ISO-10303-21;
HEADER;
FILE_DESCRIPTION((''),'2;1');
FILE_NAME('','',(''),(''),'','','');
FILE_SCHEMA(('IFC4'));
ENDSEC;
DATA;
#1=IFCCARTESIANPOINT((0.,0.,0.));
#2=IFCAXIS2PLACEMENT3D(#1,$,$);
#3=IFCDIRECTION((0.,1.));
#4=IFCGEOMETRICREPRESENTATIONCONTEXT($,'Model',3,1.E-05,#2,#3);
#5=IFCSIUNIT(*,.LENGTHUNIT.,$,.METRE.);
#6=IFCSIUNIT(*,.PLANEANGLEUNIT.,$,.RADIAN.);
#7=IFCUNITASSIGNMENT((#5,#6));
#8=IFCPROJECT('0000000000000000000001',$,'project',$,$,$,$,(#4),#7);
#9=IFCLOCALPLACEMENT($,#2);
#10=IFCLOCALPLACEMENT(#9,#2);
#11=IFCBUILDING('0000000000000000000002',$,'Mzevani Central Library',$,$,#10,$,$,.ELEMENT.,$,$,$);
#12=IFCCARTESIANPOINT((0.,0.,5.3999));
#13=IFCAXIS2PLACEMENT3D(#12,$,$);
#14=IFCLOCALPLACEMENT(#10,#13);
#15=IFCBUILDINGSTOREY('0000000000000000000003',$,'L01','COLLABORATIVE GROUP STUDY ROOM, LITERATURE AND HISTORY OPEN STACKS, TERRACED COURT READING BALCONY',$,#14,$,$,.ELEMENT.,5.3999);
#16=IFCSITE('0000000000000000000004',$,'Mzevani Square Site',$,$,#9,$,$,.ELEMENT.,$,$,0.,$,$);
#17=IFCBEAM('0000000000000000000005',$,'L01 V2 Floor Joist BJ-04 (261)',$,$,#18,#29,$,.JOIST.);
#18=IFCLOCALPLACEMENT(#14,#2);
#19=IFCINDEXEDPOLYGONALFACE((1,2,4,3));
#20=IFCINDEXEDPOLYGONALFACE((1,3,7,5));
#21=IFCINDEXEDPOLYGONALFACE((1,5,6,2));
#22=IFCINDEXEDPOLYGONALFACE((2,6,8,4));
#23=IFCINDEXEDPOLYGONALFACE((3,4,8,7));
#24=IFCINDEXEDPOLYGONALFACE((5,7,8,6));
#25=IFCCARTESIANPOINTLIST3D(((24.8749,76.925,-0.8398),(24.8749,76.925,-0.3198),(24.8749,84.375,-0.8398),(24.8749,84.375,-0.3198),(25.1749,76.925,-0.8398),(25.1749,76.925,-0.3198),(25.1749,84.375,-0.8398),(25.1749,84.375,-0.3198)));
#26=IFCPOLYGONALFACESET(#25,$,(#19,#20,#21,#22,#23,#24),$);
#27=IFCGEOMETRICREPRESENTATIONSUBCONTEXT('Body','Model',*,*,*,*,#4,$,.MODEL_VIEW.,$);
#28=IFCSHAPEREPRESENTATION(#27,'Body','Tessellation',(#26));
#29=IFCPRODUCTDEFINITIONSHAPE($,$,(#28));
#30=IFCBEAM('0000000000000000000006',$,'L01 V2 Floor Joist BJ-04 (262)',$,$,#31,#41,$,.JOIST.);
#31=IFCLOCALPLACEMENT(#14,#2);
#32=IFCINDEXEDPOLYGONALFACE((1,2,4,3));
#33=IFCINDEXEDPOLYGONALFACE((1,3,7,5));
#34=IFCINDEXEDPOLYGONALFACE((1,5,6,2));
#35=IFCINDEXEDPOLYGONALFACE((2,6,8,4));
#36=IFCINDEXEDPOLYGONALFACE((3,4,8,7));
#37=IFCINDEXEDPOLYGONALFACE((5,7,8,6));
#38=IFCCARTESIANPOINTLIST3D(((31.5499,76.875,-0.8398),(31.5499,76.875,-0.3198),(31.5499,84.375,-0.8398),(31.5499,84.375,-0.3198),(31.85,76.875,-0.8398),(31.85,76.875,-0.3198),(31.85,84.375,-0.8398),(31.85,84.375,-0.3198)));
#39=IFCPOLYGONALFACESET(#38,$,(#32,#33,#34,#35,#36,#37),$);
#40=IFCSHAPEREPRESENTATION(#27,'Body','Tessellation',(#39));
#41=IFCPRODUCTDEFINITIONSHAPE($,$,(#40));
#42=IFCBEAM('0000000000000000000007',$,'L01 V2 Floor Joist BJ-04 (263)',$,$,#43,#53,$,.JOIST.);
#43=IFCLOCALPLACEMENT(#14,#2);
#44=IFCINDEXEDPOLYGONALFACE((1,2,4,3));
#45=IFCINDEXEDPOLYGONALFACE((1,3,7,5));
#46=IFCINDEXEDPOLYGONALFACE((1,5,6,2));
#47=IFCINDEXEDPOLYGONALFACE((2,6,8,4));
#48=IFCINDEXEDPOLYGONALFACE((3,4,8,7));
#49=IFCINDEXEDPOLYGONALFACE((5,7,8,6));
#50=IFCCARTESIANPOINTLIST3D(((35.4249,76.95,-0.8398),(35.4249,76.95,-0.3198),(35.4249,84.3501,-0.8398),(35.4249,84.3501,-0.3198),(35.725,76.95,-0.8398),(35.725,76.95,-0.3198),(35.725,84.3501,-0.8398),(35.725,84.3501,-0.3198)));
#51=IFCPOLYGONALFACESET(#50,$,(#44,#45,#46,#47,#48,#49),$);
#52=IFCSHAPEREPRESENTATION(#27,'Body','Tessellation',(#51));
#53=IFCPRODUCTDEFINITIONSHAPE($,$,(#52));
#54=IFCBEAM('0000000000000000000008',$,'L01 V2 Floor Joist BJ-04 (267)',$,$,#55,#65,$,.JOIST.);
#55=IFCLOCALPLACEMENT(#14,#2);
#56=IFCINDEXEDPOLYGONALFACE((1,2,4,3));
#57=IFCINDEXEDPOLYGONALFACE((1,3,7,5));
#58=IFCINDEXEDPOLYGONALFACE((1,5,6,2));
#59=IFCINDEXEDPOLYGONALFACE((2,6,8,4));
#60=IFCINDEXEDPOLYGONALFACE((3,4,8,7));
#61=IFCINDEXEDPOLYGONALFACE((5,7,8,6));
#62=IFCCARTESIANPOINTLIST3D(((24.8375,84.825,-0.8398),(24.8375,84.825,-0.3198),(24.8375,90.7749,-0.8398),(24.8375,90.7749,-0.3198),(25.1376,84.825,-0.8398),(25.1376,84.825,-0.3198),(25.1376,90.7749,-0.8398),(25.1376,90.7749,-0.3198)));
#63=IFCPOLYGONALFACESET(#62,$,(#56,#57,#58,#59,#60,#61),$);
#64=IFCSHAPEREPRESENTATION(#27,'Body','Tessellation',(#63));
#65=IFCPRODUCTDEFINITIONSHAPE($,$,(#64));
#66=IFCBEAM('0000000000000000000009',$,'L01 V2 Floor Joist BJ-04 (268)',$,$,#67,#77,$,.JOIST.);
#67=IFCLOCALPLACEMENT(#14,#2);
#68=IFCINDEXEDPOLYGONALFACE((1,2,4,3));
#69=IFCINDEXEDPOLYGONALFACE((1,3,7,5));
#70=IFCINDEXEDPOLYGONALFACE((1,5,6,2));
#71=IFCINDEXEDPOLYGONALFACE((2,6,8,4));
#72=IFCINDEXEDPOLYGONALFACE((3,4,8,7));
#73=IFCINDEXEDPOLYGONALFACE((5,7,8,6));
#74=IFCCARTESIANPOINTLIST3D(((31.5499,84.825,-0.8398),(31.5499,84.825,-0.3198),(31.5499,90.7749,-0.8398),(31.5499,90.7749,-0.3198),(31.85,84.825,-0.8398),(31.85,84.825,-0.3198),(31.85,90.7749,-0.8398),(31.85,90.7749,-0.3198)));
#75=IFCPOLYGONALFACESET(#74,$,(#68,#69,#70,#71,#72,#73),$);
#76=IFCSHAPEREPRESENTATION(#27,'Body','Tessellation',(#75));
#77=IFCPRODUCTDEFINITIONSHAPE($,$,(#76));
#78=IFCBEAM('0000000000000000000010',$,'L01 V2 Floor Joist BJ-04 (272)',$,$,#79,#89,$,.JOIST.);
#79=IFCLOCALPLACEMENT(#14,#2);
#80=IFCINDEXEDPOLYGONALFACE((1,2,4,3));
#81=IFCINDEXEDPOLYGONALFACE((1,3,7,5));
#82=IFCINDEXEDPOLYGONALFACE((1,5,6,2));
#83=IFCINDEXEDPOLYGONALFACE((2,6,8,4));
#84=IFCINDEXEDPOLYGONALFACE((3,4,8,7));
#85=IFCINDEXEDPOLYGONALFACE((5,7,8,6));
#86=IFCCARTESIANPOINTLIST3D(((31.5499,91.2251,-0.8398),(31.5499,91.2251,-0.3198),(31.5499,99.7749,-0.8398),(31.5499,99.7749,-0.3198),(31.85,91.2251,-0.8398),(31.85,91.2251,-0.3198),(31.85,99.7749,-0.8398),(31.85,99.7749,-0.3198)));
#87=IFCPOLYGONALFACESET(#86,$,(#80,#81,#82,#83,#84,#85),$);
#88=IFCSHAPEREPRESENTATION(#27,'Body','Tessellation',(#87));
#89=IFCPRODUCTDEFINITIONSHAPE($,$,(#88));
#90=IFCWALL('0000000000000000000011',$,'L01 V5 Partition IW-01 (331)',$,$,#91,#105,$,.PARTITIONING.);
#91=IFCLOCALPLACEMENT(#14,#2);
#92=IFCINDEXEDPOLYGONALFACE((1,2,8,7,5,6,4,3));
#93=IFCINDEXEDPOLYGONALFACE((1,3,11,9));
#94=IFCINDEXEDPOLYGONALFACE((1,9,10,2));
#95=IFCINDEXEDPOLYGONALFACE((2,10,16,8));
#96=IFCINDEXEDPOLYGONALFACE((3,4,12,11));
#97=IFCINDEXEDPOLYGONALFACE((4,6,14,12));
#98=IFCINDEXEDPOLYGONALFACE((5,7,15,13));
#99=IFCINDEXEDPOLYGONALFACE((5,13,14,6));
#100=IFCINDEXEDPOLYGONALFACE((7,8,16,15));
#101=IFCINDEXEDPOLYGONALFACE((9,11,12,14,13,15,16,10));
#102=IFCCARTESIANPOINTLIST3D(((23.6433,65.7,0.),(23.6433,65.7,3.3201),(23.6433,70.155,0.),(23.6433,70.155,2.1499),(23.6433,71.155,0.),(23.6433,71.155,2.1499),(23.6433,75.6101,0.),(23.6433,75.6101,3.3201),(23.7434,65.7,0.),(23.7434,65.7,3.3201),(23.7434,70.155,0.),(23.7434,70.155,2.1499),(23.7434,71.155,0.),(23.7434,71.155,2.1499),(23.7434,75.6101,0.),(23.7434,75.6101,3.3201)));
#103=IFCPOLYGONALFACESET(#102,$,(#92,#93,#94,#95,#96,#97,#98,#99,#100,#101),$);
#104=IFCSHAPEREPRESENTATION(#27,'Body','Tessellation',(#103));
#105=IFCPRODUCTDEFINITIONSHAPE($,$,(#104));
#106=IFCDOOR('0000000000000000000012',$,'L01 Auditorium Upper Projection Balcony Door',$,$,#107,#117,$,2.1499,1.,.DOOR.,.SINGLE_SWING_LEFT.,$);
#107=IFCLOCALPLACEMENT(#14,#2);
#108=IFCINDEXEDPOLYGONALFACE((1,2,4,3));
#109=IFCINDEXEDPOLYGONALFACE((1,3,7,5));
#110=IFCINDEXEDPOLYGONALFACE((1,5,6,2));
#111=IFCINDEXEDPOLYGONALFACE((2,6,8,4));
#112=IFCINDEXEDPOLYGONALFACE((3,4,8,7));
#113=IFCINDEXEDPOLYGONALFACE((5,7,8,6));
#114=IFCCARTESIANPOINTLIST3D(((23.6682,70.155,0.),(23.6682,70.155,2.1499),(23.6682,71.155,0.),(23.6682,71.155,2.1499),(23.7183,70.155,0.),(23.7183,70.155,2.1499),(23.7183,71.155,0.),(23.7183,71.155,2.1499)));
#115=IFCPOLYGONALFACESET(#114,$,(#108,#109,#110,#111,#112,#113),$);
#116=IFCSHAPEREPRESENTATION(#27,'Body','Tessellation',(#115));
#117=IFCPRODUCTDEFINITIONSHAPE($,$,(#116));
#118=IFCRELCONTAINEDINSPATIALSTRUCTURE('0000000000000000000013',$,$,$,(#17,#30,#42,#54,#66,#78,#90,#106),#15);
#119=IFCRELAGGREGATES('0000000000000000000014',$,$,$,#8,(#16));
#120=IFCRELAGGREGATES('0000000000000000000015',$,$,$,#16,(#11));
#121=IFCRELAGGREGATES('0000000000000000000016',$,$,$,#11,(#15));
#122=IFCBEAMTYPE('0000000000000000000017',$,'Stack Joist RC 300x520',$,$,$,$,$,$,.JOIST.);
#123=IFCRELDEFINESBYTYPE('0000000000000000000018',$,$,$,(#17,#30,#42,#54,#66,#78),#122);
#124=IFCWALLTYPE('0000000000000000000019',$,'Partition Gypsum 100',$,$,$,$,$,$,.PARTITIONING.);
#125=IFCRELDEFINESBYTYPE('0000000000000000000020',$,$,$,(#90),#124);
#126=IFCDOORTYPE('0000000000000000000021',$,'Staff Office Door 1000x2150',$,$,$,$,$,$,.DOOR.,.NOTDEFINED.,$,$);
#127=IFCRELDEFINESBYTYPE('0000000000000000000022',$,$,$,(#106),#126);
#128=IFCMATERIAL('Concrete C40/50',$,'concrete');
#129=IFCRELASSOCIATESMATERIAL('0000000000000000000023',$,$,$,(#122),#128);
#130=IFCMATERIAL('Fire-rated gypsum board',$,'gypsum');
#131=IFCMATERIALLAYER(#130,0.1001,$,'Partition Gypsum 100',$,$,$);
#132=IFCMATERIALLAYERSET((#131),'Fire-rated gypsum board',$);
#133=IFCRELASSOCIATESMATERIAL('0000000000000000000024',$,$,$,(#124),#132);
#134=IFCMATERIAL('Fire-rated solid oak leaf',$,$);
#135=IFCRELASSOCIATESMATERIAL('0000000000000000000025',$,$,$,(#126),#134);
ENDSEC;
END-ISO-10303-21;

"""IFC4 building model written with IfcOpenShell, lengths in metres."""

from ifc_helpers import new_model, si_unit, direction, frame, frame_2d, origin, origin_2d, place, context, subcontext, project, spatial, rectangle, extrude, material, layer, layer_set, material_profile, profile_set, type_object, element, fill, save


model = new_model("IFC4")

# Units and contexts
model_context = context("Model", 3, precision=1e-05, world=origin(), true_north=direction((0.0, 1.0)))
body_context = subcontext(model_context, "Body", "Model", "MODEL_VIEW")
ifc_project = project(units=[si_unit("LENGTHUNIT", "METRE"), si_unit("PLANEANGLEUNIT", "RADIAN")], contexts=[model_context])

# Site, building, storey
site_placement = place(None, origin())
site = spatial("IfcSite", under=ifc_project, at=site_placement, Name="Mzevani Square Site", CompositionType="ELEMENT", RefElevation=0.0)
building_placement = place(site_placement, origin())
building = spatial("IfcBuilding", under=site, at=building_placement, Name="Mzevani Central Library", CompositionType="ELEMENT")
storey_placement = place(building_placement, frame((0.0, 0.0, 5.3999)))
storey = spatial("IfcBuildingStorey", under=building, at=storey_placement, Name="L01", Description="COLLABORATIVE GROUP STUDY ROOM, LITERATURE AND HISTORY OPEN STACKS, TERRACED COURT READING BALCONY", CompositionType="ELEMENT", Elevation=5.3999)

# Shared definitions
ifc_material_1 = material(Name="Concrete C40/50", Category="concrete")

# Beams
ifc_material_profile_1 = material_profile(ifc_material_1, rectangle(XDim=0.3, YDim=0.52, at=origin_2d()), Name="RC J300x520")
ifc_profile_set_1 = profile_set([ifc_material_profile_1], Name="Concrete C40/50")
beam_type_1 = type_object("IfcBeamType", Name="Stack Joist RC 300x520", PredefinedType="JOIST", material=ifc_profile_set_1)
beam_1_placement = place(storey_placement, frame((25.0249, 76.925, -0.5798), z_axis=(0.0, 1.0, 0.0), x_axis=(-1.0, 0.0, 0.0)))
element("IfcBeam", 1, at=beam_1_placement, inside=storey, type_object=beam_type_1, Name="L01 V2 Floor Joist BJ-04 (261)", PredefinedType="JOIST", context=body_context, shape_type="SweptSolid", body=[
    extrude(rectangle(XDim=0.3, YDim=0.52, at=origin_2d()), origin(), (0.0, 0.0, 1.0), 7.45),
])
beam_2_placement = place(storey_placement, frame((31.7, 76.875, -0.5798), z_axis=(0.0, 1.0, 0.0), x_axis=(-1.0, 0.0, 0.0)))
element("IfcBeam", 2, at=beam_2_placement, inside=storey, type_object=beam_type_1, Name="L01 V2 Floor Joist BJ-04 (262)", PredefinedType="JOIST", context=body_context, shape_type="SweptSolid", body=[
    extrude(rectangle(XDim=0.3, YDim=0.52, at=origin_2d()), origin(), (0.0, 0.0, 1.0), 7.5),
])
beam_3_placement = place(storey_placement, frame((35.575, 76.95, -0.5798), z_axis=(0.0, 1.0, 0.0), x_axis=(-1.0, 0.0, 0.0)))
element("IfcBeam", 3, at=beam_3_placement, inside=storey, type_object=beam_type_1, Name="L01 V2 Floor Joist BJ-04 (263)", PredefinedType="JOIST", context=body_context, shape_type="SweptSolid", body=[
    extrude(rectangle(XDim=0.3, YDim=0.52, at=origin_2d()), origin(), (0.0, 0.0, 1.0), 7.4001),
])
for number, where, z_axis, x_axis, name in (
    (4, (24.9875, 84.825, -0.5798), (0.0, 1.0, 0.0), (-1.0, 0.0, 0.0), "L01 V2 Floor Joist BJ-04 (267)"),
    (5, (31.7, 84.825, -0.5798), (0.0, 1.0, 0.0), (-1.0, 0.0, 0.0), "L01 V2 Floor Joist BJ-04 (268)"),
):
    element("IfcBeam", number, at=place(storey_placement, frame(where, z_axis=z_axis, x_axis=x_axis)), inside=storey, type_object=beam_type_1, Name=name, PredefinedType="JOIST", context=body_context, shape_type="SweptSolid", body=[
        extrude(rectangle(XDim=0.3, YDim=0.52, at=origin_2d()), origin(), (0.0, 0.0, 1.0), 5.95),
    ])
beam_4_placement = place(storey_placement, frame((31.7, 91.2251, -0.5798), z_axis=(0.0, 1.0, 0.0), x_axis=(-1.0, 0.0, 0.0)))
element("IfcBeam", 6, at=beam_4_placement, inside=storey, type_object=beam_type_1, Name="L01 V2 Floor Joist BJ-04 (272)", PredefinedType="JOIST", context=body_context, shape_type="SweptSolid", body=[
    extrude(rectangle(XDim=0.3, YDim=0.52, at=origin_2d()), origin(), (0.0, 0.0, 1.0), 8.5498),
])

# Wall, opening, door
ifc_material_2 = material(Name="Fire-rated gypsum board", Category="gypsum")
ifc_layer = layer(ifc_material_2, 0.1001, Name="Partition Gypsum 100")
ifc_layer_set = layer_set([ifc_layer], Name="Fire-rated gypsum board")
wall_type = type_object("IfcWallType", Name="Partition Gypsum 100", PredefinedType="PARTITIONING", material=ifc_layer_set)
wall_placement = place(storey_placement, frame((23.6934, 75.6101, 0.0), z_axis=(0.0, 0.0, 1.0), x_axis=(0.0, -1.0, 0.0)))
wall = element("IfcWall", 7, at=wall_placement, inside=storey, type_object=wall_type, Name="L01 V5 Partition IW-01 (331)", PredefinedType="PARTITIONING", context=body_context, shape_type="SweptSolid", body=[
    extrude(rectangle(XDim=9.9102, YDim=0.1001, at=frame_2d((4.9551, 0.0))), origin(), (0.0, 0.0, 1.0), 3.3201),
])
opening_placement = place(wall_placement, frame((4.4551, 0.0, 0.0)))
opening = element("IfcOpeningElement", 8, at=opening_placement, cuts=wall, PredefinedType="OPENING", context=body_context, shape_type="SweptSolid", body=[
    extrude(rectangle(XDim=1.0, YDim=2.1499, at=frame_2d((0.5, 1.075))), frame((0.0, 0.0601, 0.0), z_axis=(0.0, -1.0, 0.0), x_axis=(1.0, 0.0, 0.0)), (0.0, 0.0, 1.0), 0.1201),
])
ifc_material_3 = material(Name="Fire-rated solid oak leaf")
door_type = type_object("IfcDoorType", Name="Staff Office Door 1000x2150", OperationType="NOTDEFINED", PredefinedType="DOOR", material=ifc_material_3)
door_placement = place(opening_placement, origin())
door = element("IfcDoor", 9, at=door_placement, inside=storey, type_object=door_type, Name="L01 Auditorium Upper Projection Balcony Door", OperationType="SINGLE_SWING_LEFT", OverallHeight=2.1499, OverallWidth=1.0, PredefinedType="DOOR", context=body_context, shape_type="SweptSolid", body=[
    extrude(rectangle(XDim=1.0, YDim=2.1499, at=frame_2d((0.5, 1.075))), frame((0.0, 0.0249, 0.0), z_axis=(0.0, -1.0, 0.0), x_axis=(1.0, 0.0, 0.0)), (0.0, 0.0, 1.0), 0.05),
])
fill(opening, door)

save(model, "model.ifc")
